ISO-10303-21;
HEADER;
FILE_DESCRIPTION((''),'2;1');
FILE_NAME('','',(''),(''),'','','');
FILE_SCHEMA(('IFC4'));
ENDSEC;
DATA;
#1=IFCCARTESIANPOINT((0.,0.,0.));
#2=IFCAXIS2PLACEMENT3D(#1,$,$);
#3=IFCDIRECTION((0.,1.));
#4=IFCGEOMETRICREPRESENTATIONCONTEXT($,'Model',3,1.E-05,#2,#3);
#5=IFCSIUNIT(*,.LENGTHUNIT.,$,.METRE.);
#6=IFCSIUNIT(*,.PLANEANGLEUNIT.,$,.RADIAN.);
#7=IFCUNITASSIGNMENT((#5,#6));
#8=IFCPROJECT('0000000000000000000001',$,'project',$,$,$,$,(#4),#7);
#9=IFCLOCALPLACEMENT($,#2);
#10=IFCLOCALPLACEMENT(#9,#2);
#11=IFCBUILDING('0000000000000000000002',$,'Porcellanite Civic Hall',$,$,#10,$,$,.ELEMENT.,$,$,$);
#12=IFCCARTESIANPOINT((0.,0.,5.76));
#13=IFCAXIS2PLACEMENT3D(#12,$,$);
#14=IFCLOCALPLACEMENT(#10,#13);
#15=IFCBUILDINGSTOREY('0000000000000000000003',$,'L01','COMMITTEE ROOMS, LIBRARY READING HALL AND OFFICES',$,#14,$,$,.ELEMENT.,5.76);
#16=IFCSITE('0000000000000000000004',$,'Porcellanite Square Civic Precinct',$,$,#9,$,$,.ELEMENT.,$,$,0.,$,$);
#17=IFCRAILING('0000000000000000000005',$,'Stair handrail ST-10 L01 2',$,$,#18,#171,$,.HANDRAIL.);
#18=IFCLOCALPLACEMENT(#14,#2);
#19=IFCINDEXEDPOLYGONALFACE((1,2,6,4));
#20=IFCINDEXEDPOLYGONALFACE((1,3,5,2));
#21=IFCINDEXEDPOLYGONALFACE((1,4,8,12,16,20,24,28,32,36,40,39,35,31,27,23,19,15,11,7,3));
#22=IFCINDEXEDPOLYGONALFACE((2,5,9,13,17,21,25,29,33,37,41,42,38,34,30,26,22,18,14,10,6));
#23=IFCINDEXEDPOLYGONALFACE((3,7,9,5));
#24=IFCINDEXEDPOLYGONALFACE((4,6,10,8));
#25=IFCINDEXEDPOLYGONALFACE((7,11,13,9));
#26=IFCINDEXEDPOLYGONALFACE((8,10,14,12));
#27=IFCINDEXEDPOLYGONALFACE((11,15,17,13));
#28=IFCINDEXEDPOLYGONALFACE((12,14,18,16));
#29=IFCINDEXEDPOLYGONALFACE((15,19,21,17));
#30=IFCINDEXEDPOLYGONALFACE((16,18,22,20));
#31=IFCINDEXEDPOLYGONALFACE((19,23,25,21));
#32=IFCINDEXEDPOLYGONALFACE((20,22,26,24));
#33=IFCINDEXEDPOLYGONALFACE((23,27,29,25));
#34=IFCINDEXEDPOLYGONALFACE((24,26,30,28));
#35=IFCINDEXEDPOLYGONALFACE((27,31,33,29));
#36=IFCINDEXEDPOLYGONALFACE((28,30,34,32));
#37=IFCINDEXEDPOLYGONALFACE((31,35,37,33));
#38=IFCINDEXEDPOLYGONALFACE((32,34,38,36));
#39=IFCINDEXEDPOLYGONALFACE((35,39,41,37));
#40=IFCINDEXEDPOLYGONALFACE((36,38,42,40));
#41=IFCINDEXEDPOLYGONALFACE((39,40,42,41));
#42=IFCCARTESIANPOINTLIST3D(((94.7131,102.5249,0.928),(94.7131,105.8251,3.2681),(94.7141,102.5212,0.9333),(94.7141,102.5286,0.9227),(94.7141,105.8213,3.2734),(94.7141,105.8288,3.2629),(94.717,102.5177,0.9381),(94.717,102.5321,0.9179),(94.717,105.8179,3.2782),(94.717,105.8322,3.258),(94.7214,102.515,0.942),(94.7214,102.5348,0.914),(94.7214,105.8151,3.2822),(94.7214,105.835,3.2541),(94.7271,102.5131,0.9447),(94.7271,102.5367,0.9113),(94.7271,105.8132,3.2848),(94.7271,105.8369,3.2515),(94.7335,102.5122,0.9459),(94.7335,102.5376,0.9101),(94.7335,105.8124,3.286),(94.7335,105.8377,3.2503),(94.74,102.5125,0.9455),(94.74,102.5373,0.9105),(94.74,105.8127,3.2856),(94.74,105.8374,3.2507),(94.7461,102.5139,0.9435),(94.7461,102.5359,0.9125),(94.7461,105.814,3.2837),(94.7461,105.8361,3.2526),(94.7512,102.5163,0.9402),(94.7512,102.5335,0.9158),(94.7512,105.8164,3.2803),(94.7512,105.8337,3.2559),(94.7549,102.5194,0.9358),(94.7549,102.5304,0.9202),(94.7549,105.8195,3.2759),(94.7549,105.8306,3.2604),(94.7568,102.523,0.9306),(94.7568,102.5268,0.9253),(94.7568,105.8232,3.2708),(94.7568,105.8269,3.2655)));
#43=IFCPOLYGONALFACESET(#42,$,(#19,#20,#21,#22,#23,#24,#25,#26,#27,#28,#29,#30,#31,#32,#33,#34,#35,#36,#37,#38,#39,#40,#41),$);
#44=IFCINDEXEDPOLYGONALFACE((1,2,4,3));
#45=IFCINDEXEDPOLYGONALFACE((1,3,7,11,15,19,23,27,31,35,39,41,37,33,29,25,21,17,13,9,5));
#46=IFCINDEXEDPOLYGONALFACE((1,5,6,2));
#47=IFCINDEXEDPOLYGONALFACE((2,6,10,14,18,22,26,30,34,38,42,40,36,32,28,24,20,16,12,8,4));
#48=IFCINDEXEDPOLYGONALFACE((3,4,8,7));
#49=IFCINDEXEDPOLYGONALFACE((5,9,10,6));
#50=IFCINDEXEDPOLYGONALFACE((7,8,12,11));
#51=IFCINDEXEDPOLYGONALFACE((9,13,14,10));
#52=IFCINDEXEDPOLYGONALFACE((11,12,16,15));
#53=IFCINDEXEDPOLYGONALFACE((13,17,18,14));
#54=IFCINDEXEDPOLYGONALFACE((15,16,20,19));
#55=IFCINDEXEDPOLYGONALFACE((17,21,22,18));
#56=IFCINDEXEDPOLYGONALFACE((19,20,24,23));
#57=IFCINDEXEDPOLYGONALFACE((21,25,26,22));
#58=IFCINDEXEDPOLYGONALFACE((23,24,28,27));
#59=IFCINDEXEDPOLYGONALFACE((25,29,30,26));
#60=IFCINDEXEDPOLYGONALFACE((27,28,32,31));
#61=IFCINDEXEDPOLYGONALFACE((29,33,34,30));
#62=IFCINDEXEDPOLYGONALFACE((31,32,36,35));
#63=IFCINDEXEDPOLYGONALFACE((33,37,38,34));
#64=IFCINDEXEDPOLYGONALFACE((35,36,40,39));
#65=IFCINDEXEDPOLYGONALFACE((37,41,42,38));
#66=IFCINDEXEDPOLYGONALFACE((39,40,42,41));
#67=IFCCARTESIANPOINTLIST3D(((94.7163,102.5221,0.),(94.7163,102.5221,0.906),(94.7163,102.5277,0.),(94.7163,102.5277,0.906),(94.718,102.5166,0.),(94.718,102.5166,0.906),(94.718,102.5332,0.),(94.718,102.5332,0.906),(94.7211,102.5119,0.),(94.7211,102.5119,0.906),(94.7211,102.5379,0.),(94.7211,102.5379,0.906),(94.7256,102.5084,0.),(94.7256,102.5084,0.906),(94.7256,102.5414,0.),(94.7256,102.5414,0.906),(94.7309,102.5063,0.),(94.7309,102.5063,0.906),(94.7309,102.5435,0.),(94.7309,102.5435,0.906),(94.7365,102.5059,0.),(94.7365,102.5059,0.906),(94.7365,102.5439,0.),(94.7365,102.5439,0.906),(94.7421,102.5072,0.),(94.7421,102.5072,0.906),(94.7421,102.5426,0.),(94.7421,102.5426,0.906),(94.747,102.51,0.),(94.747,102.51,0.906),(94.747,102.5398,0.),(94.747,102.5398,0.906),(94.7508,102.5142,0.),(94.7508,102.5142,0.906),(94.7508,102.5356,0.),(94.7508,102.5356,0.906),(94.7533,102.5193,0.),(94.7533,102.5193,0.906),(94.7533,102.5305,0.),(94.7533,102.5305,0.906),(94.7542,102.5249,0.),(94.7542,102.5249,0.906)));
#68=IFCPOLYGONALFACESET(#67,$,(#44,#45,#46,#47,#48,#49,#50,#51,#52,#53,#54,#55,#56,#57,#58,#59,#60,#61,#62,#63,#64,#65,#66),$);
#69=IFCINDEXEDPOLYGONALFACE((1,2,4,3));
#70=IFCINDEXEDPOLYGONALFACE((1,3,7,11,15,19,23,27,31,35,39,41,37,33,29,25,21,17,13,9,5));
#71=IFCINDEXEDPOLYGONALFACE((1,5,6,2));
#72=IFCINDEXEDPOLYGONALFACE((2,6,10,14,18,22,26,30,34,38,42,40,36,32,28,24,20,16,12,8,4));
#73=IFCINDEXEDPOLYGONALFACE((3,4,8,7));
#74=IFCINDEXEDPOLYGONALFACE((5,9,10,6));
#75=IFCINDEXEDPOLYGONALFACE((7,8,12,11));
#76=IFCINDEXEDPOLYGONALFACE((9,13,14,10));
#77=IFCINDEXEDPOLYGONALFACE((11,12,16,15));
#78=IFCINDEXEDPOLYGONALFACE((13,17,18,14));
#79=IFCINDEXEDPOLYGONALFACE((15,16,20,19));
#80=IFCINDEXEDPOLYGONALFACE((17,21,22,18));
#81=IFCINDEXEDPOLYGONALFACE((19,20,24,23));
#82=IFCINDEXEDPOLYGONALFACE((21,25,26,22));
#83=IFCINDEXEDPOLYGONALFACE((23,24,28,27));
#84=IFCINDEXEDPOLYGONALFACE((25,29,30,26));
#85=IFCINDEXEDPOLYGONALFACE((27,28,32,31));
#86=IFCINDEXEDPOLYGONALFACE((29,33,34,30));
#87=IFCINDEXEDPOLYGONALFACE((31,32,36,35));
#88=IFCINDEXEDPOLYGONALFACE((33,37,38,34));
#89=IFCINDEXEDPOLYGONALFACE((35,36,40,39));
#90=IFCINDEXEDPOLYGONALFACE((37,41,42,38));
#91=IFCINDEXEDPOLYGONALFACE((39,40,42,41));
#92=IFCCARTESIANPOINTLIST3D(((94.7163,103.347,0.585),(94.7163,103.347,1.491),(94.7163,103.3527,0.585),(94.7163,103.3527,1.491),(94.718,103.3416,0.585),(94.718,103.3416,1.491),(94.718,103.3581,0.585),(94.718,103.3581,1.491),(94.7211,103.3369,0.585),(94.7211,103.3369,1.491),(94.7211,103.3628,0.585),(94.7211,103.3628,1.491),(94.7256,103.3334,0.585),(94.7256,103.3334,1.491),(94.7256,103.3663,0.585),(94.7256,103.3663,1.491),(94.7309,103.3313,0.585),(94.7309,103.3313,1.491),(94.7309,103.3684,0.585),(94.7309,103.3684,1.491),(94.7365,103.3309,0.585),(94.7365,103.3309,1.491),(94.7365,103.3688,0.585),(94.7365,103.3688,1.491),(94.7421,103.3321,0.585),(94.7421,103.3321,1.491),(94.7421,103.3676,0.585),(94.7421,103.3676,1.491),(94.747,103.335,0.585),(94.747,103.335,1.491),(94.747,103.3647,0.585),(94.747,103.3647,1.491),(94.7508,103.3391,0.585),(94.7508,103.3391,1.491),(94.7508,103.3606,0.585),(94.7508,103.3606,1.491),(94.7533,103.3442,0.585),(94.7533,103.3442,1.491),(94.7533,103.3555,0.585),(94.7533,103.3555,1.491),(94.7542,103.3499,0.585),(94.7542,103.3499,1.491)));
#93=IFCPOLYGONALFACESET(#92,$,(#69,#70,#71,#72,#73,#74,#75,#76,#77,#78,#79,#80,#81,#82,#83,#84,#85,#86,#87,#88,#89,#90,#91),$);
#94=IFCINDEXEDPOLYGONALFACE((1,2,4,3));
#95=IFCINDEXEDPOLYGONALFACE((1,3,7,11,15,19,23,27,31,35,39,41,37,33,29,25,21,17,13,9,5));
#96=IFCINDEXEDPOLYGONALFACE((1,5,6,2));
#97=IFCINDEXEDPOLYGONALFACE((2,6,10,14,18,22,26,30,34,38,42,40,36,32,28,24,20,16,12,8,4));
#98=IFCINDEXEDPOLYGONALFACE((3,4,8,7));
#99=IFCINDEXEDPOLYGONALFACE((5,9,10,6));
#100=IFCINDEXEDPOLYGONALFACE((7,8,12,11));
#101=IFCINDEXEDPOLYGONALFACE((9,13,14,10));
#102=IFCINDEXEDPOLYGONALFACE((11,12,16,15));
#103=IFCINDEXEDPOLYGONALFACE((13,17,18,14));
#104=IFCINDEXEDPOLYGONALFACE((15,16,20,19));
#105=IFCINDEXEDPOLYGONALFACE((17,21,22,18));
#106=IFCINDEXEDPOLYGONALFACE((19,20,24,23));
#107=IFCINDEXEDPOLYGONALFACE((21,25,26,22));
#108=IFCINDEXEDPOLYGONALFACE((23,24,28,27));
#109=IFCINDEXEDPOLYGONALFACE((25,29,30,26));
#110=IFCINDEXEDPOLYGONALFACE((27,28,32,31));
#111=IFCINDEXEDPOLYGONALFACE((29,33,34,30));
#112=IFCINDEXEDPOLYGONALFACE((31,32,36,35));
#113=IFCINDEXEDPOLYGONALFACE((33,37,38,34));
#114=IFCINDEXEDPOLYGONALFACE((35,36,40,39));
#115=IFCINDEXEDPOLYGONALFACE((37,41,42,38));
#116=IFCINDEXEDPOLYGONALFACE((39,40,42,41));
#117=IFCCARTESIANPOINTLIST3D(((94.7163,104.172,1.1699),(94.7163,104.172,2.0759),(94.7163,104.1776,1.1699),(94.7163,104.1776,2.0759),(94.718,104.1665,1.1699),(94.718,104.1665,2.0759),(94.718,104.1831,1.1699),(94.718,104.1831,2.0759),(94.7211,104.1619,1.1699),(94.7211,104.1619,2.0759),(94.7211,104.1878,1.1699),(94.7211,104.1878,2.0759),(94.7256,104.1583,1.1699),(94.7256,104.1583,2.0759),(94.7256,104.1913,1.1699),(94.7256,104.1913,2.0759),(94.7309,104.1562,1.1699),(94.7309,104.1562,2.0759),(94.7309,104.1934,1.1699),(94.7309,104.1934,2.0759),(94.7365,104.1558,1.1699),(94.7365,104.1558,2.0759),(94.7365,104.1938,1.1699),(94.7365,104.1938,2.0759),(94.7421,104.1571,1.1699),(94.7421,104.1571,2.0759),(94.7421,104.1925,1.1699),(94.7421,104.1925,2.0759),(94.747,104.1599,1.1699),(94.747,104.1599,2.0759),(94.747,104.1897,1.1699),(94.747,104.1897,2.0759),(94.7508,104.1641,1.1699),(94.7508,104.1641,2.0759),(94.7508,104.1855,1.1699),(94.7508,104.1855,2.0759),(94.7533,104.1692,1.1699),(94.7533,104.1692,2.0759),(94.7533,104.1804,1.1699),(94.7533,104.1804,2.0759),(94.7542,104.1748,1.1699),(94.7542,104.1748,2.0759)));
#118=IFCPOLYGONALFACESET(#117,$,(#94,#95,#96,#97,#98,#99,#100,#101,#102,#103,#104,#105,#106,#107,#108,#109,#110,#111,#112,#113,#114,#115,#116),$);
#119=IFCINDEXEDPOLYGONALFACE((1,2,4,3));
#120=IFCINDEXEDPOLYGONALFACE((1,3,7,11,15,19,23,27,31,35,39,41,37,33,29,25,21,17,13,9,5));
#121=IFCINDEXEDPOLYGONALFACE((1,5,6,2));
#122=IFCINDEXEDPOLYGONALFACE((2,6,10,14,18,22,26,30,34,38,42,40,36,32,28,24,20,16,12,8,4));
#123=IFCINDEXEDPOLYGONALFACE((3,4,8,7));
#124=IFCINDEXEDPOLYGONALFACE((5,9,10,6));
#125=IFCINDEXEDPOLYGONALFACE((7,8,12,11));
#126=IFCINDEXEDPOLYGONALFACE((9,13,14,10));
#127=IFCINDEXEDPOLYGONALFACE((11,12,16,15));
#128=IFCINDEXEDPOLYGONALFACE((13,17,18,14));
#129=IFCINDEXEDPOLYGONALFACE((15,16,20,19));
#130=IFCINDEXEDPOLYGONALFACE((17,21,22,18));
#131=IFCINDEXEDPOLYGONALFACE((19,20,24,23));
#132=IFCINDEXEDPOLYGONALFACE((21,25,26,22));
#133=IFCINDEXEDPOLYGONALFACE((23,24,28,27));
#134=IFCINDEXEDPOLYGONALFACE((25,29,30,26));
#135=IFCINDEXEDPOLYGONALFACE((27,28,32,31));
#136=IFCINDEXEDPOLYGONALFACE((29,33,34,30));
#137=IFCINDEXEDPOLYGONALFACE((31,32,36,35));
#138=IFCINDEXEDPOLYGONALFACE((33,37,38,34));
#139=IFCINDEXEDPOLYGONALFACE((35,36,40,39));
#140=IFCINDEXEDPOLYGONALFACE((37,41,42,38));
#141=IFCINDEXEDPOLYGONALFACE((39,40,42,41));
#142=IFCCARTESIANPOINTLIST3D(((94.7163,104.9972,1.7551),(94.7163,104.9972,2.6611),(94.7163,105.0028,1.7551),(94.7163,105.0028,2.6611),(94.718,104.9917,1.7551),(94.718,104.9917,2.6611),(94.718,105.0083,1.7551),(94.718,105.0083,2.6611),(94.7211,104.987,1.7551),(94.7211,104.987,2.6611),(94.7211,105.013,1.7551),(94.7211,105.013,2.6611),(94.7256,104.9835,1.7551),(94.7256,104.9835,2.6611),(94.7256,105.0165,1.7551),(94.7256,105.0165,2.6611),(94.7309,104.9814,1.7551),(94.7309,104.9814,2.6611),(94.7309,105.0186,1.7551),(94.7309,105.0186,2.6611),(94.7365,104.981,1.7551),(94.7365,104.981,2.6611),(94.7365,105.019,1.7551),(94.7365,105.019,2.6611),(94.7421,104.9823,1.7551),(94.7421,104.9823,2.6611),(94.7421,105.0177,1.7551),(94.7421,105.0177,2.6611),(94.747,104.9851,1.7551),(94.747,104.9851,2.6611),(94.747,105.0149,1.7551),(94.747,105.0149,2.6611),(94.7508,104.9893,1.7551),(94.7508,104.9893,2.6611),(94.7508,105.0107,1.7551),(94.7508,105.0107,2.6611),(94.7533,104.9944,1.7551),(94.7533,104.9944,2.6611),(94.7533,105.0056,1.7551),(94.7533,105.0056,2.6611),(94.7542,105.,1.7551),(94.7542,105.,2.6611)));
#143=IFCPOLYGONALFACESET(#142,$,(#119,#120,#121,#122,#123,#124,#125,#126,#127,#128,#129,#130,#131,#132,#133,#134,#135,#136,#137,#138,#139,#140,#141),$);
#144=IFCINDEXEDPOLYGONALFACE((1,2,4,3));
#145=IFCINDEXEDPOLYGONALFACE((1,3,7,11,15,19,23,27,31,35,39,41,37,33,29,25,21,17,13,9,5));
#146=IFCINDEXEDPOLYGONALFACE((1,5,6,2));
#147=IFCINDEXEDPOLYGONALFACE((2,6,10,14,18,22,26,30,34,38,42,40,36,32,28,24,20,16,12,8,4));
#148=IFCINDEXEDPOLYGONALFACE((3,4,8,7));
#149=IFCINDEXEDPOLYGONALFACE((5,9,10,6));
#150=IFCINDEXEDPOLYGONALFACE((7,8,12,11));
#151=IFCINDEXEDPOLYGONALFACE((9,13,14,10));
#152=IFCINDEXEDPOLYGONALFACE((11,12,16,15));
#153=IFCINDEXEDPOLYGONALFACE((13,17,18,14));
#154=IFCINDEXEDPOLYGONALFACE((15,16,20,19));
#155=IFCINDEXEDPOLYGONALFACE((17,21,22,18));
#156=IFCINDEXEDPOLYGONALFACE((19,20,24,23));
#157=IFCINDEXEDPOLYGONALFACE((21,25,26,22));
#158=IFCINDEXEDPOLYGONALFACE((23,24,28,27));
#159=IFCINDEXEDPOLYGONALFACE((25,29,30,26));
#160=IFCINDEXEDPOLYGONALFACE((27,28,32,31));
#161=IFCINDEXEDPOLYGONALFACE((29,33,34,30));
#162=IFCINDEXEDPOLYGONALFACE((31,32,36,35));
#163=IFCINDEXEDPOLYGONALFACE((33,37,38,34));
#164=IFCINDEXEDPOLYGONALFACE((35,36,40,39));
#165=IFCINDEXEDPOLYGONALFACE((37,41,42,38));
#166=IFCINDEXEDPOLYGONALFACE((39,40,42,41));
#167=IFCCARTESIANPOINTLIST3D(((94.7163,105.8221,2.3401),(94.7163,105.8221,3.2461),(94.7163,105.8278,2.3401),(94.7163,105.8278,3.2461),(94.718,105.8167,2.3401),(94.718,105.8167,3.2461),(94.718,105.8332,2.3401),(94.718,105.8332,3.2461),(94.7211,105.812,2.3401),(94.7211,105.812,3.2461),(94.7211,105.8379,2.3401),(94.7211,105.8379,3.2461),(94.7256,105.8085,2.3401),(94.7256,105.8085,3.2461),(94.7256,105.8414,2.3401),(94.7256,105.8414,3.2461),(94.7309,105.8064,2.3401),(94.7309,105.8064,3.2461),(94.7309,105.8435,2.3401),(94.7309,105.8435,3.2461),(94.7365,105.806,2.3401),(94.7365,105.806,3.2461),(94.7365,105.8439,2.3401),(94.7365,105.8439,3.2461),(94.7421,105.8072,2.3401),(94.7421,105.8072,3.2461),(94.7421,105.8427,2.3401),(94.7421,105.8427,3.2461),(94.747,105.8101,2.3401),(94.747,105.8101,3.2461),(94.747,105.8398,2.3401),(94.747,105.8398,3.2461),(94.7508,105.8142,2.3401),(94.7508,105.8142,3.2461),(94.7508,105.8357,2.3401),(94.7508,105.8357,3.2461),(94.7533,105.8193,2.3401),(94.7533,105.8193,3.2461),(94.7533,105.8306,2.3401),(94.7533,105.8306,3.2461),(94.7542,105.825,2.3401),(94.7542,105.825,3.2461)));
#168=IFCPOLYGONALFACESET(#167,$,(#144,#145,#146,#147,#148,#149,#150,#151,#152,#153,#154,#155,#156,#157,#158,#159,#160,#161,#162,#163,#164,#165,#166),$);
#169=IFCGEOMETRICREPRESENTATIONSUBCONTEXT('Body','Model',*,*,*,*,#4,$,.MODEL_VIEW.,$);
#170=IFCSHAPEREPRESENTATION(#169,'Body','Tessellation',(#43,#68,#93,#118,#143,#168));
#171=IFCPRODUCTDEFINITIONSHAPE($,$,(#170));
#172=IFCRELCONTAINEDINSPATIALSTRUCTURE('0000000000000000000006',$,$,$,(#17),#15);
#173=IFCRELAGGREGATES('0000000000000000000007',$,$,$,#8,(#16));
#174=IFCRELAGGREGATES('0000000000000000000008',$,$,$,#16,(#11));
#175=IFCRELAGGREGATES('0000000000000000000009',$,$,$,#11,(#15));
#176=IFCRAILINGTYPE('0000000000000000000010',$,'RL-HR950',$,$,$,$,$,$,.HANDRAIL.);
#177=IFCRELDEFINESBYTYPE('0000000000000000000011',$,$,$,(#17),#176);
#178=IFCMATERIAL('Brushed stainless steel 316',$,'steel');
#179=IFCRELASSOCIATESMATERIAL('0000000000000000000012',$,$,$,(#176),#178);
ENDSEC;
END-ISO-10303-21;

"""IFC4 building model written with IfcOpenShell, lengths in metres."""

from ifc_helpers import new_model, si_unit, direction, frame, origin, origin_2d, place, context, subcontext, project, spatial, circle, extrude, material, type_object, element, save


model = new_model("IFC4")

# Units and contexts
model_context = context("Model", 3, precision=1e-05, world=origin(), true_north=direction((0.0, 1.0)))
body_context = subcontext(model_context, "Body", "Model", "MODEL_VIEW")
ifc_project = project(units=[si_unit("LENGTHUNIT", "METRE"), si_unit("PLANEANGLEUNIT", "RADIAN")], contexts=[model_context])

# Site, building, storey
site_placement = place(None, origin())
site = spatial("IfcSite", under=ifc_project, at=site_placement, Name="Porcellanite Square Civic Precinct", CompositionType="ELEMENT", RefElevation=0.0)
building_placement = place(site_placement, origin())
building = spatial("IfcBuilding", under=site, at=building_placement, Name="Porcellanite Civic Hall", CompositionType="ELEMENT")
storey_placement = place(building_placement, frame((0.0, 0.0, 5.76)))
storey = spatial("IfcBuildingStorey", under=building, at=storey_placement, Name="L01", Description="COMMITTEE ROOMS, LIBRARY READING HALL AND OFFICES", CompositionType="ELEMENT", Elevation=5.76)

# Railing
ifc_material_1 = material(Name="Brushed stainless steel 316", Category="steel")
railing_type_1 = type_object("IfcRailingType", Name="RL-HR950", PredefinedType="HANDRAIL", material=ifc_material_1)
railing_1_placement = place(storey_placement, frame((94.7351, 102.5249, 0.0)))
element("IfcRailing", 1, at=railing_1_placement, inside=storey, type_object=railing_type_1, Name="Stair handrail ST-10 L01 2", PredefinedType="HANDRAIL", context=body_context, shape_type="SweptSolid", body=[
    extrude(circle(Radius=0.022, at=origin_2d()), frame((0.0, 0.0, 0.928), z_axis=(0.0, 0.815727, 0.578438), x_axis=(-1.0, 0.0, 0.0)), (0.0, 0.0, 1.0), 4.0457),
    extrude(circle(Radius=0.019, at=origin_2d()), origin(), (0.0, 0.0, 1.0), 0.906),
    extrude(circle(Radius=0.019, at=origin_2d()), frame((0.0, 0.825, 0.585)), (0.0, 0.0, 1.0), 0.906),
    extrude(circle(Radius=0.019, at=origin_2d()), frame((0.0, 1.6499, 1.1699)), (0.0, 0.0, 1.0), 0.906),
    extrude(circle(Radius=0.019, at=origin_2d()), frame((0.0, 2.4751, 1.7551)), (0.0, 0.0, 1.0), 0.906),
    extrude(circle(Radius=0.019, at=origin_2d()), frame((0.0, 3.3, 2.3401)), (0.0, 0.0, 1.0), 0.906),
])

save(model, "model.ifc")
